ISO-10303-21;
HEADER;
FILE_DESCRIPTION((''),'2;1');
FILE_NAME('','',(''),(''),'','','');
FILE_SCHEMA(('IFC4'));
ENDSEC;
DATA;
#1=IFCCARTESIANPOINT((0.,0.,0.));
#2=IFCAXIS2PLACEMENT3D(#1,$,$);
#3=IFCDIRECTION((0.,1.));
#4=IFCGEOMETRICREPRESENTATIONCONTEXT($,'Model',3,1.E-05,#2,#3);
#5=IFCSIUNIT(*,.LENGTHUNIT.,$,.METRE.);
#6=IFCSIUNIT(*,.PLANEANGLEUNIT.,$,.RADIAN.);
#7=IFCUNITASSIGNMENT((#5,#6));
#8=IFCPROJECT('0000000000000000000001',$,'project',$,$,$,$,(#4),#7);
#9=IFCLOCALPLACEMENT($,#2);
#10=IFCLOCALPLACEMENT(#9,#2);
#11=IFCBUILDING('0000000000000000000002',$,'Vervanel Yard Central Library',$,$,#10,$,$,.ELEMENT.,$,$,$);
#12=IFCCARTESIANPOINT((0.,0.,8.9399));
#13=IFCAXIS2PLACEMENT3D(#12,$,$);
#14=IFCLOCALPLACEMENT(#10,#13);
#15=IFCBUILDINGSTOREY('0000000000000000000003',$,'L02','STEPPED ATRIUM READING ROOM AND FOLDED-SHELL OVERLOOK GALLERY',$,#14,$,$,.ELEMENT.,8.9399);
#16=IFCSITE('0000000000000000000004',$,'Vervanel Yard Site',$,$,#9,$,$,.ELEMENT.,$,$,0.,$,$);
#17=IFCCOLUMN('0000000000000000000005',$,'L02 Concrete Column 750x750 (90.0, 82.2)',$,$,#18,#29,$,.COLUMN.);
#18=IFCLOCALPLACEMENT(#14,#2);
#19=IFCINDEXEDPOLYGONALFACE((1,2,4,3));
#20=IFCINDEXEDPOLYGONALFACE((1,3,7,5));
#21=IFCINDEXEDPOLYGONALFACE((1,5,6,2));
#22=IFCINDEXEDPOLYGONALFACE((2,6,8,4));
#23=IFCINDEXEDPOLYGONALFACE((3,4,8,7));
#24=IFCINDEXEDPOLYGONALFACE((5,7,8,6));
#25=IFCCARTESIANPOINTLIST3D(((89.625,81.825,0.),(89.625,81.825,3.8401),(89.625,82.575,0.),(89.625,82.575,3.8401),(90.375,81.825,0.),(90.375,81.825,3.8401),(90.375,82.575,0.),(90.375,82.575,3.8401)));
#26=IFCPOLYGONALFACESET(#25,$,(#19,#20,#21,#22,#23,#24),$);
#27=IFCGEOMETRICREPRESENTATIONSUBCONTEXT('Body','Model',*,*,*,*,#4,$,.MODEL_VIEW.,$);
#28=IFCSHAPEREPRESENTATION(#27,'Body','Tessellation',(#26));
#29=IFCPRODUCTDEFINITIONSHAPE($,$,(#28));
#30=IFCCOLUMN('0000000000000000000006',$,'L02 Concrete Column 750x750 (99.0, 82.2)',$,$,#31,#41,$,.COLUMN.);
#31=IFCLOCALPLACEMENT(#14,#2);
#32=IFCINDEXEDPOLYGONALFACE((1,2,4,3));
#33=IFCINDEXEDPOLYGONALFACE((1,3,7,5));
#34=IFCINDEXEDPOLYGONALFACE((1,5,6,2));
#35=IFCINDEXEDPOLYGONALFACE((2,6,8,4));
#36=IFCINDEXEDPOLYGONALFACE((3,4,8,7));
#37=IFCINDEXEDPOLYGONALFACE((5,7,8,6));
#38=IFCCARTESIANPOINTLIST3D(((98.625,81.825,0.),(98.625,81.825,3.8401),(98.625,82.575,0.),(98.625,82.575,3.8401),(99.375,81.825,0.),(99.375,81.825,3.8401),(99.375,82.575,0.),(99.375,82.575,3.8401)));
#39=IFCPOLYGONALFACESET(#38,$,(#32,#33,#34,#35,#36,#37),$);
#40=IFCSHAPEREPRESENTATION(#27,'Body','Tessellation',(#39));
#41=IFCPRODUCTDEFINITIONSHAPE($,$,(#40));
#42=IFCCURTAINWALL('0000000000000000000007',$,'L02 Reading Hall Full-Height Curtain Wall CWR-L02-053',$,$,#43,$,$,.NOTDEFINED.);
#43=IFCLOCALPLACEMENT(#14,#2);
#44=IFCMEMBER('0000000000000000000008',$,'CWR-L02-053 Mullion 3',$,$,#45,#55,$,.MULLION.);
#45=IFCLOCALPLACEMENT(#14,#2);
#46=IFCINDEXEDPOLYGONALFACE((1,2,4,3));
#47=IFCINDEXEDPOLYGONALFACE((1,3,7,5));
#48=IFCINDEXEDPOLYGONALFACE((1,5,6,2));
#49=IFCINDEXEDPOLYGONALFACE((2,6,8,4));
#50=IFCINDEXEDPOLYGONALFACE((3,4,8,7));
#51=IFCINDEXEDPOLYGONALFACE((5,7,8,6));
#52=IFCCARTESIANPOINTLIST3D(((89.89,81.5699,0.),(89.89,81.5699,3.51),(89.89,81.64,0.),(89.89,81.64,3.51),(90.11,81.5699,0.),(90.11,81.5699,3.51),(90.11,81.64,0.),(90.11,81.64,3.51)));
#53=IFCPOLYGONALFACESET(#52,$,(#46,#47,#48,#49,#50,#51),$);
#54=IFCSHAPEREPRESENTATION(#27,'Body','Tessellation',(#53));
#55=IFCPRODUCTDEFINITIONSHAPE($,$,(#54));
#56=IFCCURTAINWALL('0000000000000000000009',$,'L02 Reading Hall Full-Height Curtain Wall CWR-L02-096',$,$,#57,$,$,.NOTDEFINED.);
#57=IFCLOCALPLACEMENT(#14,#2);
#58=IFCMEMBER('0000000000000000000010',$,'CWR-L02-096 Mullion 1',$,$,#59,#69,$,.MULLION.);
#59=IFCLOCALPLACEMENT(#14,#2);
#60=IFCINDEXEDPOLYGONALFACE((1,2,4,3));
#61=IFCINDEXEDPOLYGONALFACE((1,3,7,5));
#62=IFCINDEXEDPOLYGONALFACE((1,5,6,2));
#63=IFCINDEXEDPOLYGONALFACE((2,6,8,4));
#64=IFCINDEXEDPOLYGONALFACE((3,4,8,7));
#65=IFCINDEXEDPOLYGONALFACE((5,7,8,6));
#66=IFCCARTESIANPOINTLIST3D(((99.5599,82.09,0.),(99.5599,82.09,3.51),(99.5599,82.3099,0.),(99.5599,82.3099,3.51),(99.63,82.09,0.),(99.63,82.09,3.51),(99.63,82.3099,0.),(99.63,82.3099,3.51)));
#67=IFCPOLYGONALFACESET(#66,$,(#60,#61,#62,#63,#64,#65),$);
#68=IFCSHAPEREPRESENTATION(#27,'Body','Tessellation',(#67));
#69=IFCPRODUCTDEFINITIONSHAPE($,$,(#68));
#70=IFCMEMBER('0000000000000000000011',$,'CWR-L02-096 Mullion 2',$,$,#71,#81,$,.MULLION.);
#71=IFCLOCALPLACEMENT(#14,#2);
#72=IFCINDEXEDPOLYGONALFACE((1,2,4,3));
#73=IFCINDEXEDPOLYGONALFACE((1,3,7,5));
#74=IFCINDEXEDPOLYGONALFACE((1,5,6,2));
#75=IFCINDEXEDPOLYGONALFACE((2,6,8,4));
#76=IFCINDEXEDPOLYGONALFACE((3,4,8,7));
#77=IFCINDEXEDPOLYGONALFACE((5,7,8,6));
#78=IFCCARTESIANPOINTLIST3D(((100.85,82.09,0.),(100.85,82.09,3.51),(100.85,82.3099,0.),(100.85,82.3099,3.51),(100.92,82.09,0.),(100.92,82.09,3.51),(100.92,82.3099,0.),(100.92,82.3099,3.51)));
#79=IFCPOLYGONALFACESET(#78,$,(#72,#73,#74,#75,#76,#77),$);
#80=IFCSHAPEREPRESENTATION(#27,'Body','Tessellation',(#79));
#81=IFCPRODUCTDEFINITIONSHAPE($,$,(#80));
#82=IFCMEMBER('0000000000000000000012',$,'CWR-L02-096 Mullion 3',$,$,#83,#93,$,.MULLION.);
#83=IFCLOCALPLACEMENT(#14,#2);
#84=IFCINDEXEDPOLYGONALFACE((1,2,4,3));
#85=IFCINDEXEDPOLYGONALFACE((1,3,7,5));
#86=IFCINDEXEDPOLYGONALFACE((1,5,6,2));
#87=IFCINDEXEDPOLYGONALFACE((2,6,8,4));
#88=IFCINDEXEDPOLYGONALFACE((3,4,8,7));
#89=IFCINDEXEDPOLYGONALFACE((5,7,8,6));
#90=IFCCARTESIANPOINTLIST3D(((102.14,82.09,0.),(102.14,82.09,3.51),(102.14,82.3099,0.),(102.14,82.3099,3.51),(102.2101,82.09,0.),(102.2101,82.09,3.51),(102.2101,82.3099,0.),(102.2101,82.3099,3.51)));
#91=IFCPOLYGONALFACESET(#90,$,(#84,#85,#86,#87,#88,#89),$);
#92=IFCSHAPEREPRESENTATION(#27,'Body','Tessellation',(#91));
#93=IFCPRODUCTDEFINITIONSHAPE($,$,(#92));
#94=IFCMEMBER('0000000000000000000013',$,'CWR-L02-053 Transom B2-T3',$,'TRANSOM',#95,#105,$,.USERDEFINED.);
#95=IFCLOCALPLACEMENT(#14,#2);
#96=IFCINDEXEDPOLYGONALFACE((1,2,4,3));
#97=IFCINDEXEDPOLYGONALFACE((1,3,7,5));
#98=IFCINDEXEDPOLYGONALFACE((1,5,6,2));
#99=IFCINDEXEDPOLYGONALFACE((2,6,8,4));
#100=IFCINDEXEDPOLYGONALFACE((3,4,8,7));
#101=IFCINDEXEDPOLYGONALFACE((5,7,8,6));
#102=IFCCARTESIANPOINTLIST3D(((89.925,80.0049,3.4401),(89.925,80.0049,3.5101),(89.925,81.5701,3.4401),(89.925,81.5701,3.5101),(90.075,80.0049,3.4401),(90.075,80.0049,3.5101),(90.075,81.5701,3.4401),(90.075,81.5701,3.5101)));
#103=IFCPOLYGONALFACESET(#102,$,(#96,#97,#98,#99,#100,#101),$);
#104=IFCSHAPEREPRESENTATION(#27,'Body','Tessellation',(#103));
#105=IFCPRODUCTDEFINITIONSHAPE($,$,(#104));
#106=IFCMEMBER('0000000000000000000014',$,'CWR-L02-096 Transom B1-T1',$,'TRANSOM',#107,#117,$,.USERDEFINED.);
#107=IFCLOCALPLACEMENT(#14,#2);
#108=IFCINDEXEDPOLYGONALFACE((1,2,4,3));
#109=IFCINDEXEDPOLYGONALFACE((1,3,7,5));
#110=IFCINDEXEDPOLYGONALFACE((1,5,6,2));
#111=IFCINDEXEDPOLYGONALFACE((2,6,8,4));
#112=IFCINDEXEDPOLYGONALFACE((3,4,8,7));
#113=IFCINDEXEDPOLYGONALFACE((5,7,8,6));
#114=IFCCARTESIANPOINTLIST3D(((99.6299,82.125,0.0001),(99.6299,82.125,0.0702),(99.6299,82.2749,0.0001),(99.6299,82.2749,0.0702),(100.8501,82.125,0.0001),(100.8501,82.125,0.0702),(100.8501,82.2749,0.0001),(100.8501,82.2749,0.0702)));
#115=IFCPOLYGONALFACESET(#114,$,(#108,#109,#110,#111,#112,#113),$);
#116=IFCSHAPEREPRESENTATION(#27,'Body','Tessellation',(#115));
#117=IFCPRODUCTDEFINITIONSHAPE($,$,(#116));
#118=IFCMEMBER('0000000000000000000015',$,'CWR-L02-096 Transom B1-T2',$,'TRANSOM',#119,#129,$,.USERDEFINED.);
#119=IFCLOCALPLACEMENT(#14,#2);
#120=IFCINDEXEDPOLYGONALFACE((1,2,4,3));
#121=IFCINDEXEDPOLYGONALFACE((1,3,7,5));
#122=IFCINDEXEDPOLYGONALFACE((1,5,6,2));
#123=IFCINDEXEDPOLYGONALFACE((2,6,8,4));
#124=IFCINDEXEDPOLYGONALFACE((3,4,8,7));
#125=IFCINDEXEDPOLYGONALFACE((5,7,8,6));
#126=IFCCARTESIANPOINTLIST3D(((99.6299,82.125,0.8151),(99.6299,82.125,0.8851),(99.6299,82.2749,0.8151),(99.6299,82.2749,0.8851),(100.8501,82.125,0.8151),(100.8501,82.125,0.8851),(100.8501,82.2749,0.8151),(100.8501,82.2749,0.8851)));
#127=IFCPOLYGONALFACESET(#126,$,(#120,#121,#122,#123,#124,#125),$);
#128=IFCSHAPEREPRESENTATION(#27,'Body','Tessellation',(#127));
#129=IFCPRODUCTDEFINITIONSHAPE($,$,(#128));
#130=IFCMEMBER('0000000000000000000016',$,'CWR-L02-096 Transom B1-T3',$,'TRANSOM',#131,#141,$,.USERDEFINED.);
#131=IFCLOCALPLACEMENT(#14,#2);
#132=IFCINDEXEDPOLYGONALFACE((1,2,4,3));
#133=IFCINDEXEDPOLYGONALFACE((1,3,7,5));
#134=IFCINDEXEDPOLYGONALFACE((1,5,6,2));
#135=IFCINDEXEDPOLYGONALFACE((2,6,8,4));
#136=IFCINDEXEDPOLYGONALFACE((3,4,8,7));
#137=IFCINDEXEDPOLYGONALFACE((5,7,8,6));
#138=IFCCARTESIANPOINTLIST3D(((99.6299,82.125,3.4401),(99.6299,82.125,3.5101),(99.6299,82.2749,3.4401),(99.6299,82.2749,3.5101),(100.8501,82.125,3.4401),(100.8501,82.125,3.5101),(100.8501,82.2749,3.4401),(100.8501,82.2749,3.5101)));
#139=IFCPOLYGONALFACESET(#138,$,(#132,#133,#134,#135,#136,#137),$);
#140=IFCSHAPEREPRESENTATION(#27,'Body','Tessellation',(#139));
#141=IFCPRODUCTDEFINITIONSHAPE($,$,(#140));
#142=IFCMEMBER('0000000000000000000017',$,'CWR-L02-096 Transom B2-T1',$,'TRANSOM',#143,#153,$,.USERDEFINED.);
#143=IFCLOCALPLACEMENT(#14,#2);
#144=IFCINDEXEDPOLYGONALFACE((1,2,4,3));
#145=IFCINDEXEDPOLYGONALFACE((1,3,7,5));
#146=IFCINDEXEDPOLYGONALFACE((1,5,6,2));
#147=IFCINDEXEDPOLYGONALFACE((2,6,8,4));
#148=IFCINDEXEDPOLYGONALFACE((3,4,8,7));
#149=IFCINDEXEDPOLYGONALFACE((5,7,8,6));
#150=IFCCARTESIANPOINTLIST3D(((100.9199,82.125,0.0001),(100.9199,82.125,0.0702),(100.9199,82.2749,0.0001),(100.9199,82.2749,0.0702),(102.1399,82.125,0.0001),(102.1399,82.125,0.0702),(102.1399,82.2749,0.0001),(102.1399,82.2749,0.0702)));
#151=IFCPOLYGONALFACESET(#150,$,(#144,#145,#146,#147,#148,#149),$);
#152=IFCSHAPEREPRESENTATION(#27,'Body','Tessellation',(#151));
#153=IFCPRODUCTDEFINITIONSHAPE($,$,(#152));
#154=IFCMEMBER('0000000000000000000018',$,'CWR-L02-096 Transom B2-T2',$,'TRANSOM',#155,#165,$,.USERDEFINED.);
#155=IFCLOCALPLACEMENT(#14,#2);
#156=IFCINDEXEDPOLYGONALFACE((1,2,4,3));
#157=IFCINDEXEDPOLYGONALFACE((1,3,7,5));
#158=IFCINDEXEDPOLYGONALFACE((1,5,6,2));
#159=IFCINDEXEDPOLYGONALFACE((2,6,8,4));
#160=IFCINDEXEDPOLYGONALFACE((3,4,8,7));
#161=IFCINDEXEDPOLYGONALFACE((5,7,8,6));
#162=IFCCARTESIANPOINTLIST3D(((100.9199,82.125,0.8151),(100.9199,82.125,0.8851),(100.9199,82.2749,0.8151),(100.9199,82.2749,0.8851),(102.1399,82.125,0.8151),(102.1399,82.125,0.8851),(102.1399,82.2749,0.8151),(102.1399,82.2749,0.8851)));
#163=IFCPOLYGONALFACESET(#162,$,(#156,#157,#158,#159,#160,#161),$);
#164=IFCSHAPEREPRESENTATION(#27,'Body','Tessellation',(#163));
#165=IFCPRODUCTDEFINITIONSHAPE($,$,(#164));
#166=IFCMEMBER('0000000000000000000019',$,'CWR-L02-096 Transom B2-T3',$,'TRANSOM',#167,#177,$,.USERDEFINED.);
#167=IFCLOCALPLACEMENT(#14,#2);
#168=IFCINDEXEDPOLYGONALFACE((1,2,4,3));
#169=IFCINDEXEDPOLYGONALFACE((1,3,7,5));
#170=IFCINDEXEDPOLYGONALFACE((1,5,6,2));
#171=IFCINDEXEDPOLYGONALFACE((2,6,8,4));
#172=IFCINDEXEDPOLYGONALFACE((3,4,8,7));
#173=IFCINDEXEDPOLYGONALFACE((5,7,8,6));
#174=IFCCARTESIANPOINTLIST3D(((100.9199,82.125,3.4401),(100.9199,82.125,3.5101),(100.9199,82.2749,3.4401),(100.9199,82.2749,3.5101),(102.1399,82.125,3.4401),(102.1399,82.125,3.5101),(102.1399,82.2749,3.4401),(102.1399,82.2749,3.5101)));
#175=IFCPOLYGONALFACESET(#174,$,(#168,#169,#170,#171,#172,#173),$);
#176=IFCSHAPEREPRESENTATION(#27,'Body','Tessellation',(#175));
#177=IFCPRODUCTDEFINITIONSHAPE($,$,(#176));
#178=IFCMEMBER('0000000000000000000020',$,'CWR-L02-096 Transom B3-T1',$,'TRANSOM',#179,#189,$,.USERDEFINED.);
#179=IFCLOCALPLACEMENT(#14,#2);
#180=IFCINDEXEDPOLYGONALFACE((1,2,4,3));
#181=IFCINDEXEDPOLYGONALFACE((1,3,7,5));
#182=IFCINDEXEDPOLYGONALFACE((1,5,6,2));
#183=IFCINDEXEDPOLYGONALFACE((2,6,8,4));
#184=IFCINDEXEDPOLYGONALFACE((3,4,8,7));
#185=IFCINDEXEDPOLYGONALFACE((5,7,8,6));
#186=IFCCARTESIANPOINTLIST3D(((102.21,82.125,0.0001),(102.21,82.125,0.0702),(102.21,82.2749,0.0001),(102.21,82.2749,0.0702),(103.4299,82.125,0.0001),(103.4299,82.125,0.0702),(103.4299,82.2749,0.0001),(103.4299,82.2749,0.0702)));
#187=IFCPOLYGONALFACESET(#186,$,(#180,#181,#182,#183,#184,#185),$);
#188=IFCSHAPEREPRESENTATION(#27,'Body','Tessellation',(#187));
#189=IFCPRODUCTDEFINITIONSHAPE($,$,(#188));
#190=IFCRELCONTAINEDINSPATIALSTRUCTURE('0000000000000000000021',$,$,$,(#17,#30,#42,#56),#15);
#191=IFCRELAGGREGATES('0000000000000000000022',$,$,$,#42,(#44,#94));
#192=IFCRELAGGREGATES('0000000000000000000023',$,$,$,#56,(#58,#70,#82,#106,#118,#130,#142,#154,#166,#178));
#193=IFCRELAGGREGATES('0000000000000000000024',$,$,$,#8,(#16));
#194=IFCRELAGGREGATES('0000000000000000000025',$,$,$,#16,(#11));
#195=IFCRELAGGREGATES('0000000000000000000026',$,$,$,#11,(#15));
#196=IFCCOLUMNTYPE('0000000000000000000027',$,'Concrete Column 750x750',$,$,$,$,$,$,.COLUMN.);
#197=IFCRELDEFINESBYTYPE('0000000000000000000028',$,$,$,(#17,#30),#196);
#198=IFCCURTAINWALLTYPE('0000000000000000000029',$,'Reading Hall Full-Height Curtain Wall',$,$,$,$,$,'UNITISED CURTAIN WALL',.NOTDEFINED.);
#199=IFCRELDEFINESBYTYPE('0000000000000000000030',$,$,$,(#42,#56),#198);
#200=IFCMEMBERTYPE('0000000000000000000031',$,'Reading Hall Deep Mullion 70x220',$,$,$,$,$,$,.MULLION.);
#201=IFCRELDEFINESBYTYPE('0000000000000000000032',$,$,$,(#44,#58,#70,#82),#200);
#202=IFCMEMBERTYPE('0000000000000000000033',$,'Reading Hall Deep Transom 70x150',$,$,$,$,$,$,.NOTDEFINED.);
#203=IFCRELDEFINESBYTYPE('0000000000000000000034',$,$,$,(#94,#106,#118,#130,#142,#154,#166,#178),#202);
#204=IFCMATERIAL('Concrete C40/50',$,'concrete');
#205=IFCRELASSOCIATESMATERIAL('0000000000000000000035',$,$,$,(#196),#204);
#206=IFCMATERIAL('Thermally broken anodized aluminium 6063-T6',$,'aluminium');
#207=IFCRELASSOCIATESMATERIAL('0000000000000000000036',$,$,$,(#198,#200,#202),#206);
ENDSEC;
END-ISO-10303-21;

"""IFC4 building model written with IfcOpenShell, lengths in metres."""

from ifc_helpers import new_model, si_unit, direction, frame, origin, origin_2d, place, context, subcontext, project, spatial, rectangle, extrude, material, material_profile, profile_set, type_object, element, aggregate, save


model = new_model("IFC4")

# Units and contexts
model_context = context("Model", 3, precision=1e-05, world=origin(), true_north=direction((0.0, 1.0)))
body_context = subcontext(model_context, "Body", "Model", "MODEL_VIEW")
ifc_project = project(units=[si_unit("LENGTHUNIT", "METRE"), si_unit("PLANEANGLEUNIT", "RADIAN")], contexts=[model_context])

# Site, building, storey
site_placement = place(None, origin())
site = spatial("IfcSite", under=ifc_project, at=site_placement, Name="Vervanel Yard Site", CompositionType="ELEMENT", RefElevation=0.0)
building_placement = place(site_placement, origin())
building = spatial("IfcBuilding", under=site, at=building_placement, Name="Vervanel Yard Central Library", CompositionType="ELEMENT")
storey_placement = place(building_placement, frame((0.0, 0.0, 8.9399)))
storey = spatial("IfcBuildingStorey", under=building, at=storey_placement, Name="L02", Description="STEPPED ATRIUM READING ROOM AND FOLDED-SHELL OVERLOOK GALLERY", CompositionType="ELEMENT", Elevation=8.9399)

# Columns
ifc_material_1 = material(Name="Concrete C40/50", Category="concrete")
ifc_material_profile_1 = material_profile(ifc_material_1, rectangle(XDim=0.75, YDim=0.75, at=origin_2d()), Name="RC 750x750", Category="concrete")
ifc_profile_set_1 = profile_set([ifc_material_profile_1], Name="Concrete C40/50")
column_type = type_object("IfcColumnType", Name="Concrete Column 750x750", PredefinedType="COLUMN", material=ifc_profile_set_1)
for number, where, z_axis, x_axis, name in (
    (1, (90.0, 82.2, 0.0), (0.0, 0.0, 1.0), (1.0, 0.0, 0.0), "L02 Concrete Column 750x750 (90.0, 82.2)"),
    (2, (99.0, 82.2, 0.0), (0.0, 0.0, 1.0), (1.0, 0.0, 0.0), "L02 Concrete Column 750x750 (99.0, 82.2)"),
):
    element("IfcColumn", number, at=place(storey_placement, frame(where, z_axis=z_axis, x_axis=x_axis)), inside=storey, type_object=column_type, Name=name, PredefinedType="COLUMN", context=body_context, shape_type="SweptSolid", body=[
        extrude(rectangle(XDim=0.75, YDim=0.75, at=origin_2d()), origin(), (0.0, 0.0, 1.0), 3.8401),
    ])

# Curtain wall, member
ifc_material_2 = material(Name="Thermally broken anodized aluminium 6063-T6", Category="aluminium")
curtain_wall_type = type_object("IfcCurtainWallType", Name="Reading Hall Full-Height Curtain Wall", ElementType="UNITISED CURTAIN WALL", PredefinedType="NOTDEFINED", material=ifc_material_2)
curtain_wall_1_placement = place(storey_placement, origin())
curtain_wall_1 = element("IfcCurtainWall", 3, at=curtain_wall_1_placement, inside=storey, type_object=curtain_wall_type, Name="L02 Reading Hall Full-Height Curtain Wall CWR-L02-053", PredefinedType="NOTDEFINED")
ifc_material_profile_2 = material_profile(ifc_material_2, rectangle(XDim=0.0701, YDim=0.22, at=origin_2d()), Name="ALU 70x220", Category="aluminium")
ifc_profile_set_2 = profile_set([ifc_material_profile_2], Name="Thermally broken anodized aluminium 6063-T6")
member_type_1 = type_object("IfcMemberType", Name="Reading Hall Deep Mullion 70x220", PredefinedType="MULLION", material=ifc_profile_set_2)
member_1_placement = place(storey_placement, frame((90.0, 81.605, 0.0), z_axis=(0.0, 0.0, 1.0), x_axis=(0.0, 1.0, 0.0)))
member_1 = element("IfcMember", 4, at=member_1_placement, type_object=member_type_1, Name="CWR-L02-053 Mullion 3", PredefinedType="MULLION", context=body_context, shape_type="SweptSolid", body=[
    extrude(rectangle(XDim=0.0701, YDim=0.22, at=origin_2d()), origin(), (0.0, 0.0, 1.0), 3.51),
])

# Curtain wall, members
curtain_wall_2_placement = place(storey_placement, origin())
curtain_wall_2 = element("IfcCurtainWall", 5, at=curtain_wall_2_placement, inside=storey, type_object=curtain_wall_type, Name="L02 Reading Hall Full-Height Curtain Wall CWR-L02-096", PredefinedType="NOTDEFINED")
member_2_placement = place(storey_placement, frame((99.595, 82.2, 0.0), z_axis=(0.0, 0.0, 1.0), x_axis=(1.0, 0.0, 0.0)))
member_2 = element("IfcMember", 6, at=member_2_placement, type_object=member_type_1, Name="CWR-L02-096 Mullion 1", PredefinedType="MULLION", context=body_context, shape_type="SweptSolid", body=[
    extrude(rectangle(XDim=0.0701, YDim=0.22, at=origin_2d()), origin(), (0.0, 0.0, 1.0), 3.51),
])
member_3_placement = place(storey_placement, frame((100.885, 82.2, 0.0), z_axis=(0.0, 0.0, 1.0), x_axis=(1.0, 0.0, 0.0)))
member_3 = element("IfcMember", 7, at=member_3_placement, type_object=member_type_1, Name="CWR-L02-096 Mullion 2", PredefinedType="MULLION", context=body_context, shape_type="SweptSolid", body=[
    extrude(rectangle(XDim=0.0701, YDim=0.22, at=origin_2d()), origin(), (0.0, 0.0, 1.0), 3.51),
])
member_4_placement = place(storey_placement, frame((102.175, 82.2, 0.0), z_axis=(0.0, 0.0, 1.0), x_axis=(1.0, 0.0, 0.0)))
member_4 = element("IfcMember", 8, at=member_4_placement, type_object=member_type_1, Name="CWR-L02-096 Mullion 3", PredefinedType="MULLION", context=body_context, shape_type="SweptSolid", body=[
    extrude(rectangle(XDim=0.0701, YDim=0.22, at=origin_2d()), origin(), (0.0, 0.0, 1.0), 3.51),
])

# Members
ifc_material_profile_3 = material_profile(ifc_material_2, rectangle(XDim=0.0701, YDim=0.1499, at=origin_2d()), Name="ALU 70x150", Category="aluminium")
ifc_profile_set_3 = profile_set([ifc_material_profile_3], Name="Thermally broken anodized aluminium 6063-T6")
member_type_2 = type_object("IfcMemberType", Name="Reading Hall Deep Transom 70x150", PredefinedType="NOTDEFINED", material=ifc_profile_set_3)
member_5_placement = place(storey_placement, frame((90.0, 80.0049, 3.4751), z_axis=(0.0, 1.0, 0.0), x_axis=(0.0, 0.0, 1.0)))
member_5 = element("IfcMember", 9, at=member_5_placement, type_object=member_type_2, Name="CWR-L02-053 Transom B2-T3", ObjectType="TRANSOM", PredefinedType="USERDEFINED", context=body_context, shape_type="SweptSolid", body=[
    extrude(rectangle(XDim=0.0701, YDim=0.1499, at=origin_2d()), origin(), (0.0, 0.0, 1.0), 1.5652),
])
member_6_placement = place(storey_placement, frame((99.6299, 82.2, 0.0352), z_axis=(1.0, 0.0, 0.0), x_axis=(0.0, 0.0, 1.0)))
member_6 = element("IfcMember", 10, at=member_6_placement, type_object=member_type_2, Name="CWR-L02-096 Transom B1-T1", ObjectType="TRANSOM", PredefinedType="USERDEFINED", context=body_context, shape_type="SweptSolid", body=[
    extrude(rectangle(XDim=0.0701, YDim=0.1499, at=origin_2d()), origin(), (0.0, 0.0, 1.0), 1.2202),
])
member_7_placement = place(storey_placement, frame((99.6299, 82.2, 0.8501), z_axis=(1.0, 0.0, 0.0), x_axis=(0.0, 0.0, 1.0)))
member_7 = element("IfcMember", 11, at=member_7_placement, type_object=member_type_2, Name="CWR-L02-096 Transom B1-T2", ObjectType="TRANSOM", PredefinedType="USERDEFINED", context=body_context, shape_type="SweptSolid", body=[
    extrude(rectangle(XDim=0.0701, YDim=0.1499, at=origin_2d()), origin(), (0.0, 0.0, 1.0), 1.2202),
])
member_8_placement = place(storey_placement, frame((99.6299, 82.2, 3.4751), z_axis=(1.0, 0.0, 0.0), x_axis=(0.0, 0.0, 1.0)))
member_8 = element("IfcMember", 12, at=member_8_placement, type_object=member_type_2, Name="CWR-L02-096 Transom B1-T3", ObjectType="TRANSOM", PredefinedType="USERDEFINED", context=body_context, shape_type="SweptSolid", body=[
    extrude(rectangle(XDim=0.0701, YDim=0.1499, at=origin_2d()), origin(), (0.0, 0.0, 1.0), 1.2202),
])
member_9_placement = place(storey_placement, frame((100.9199, 82.2, 0.0352), z_axis=(1.0, 0.0, 0.0), x_axis=(0.0, 0.0, 1.0)))
member_9 = element("IfcMember", 13, at=member_9_placement, type_object=member_type_2, Name="CWR-L02-096 Transom B2-T1", ObjectType="TRANSOM", PredefinedType="USERDEFINED", context=body_context, shape_type="SweptSolid", body=[
    extrude(rectangle(XDim=0.0701, YDim=0.1499, at=origin_2d()), origin(), (0.0, 0.0, 1.0), 1.22),
])
member_10_placement = place(storey_placement, frame((100.9199, 82.2, 0.8501), z_axis=(1.0, 0.0, 0.0), x_axis=(0.0, 0.0, 1.0)))
member_10 = element("IfcMember", 14, at=member_10_placement, type_object=member_type_2, Name="CWR-L02-096 Transom B2-T2", ObjectType="TRANSOM", PredefinedType="USERDEFINED", context=body_context, shape_type="SweptSolid", body=[
    extrude(rectangle(XDim=0.0701, YDim=0.1499, at=origin_2d()), origin(), (0.0, 0.0, 1.0), 1.22),
])
member_11_placement = place(storey_placement, frame((100.9199, 82.2, 3.4751), z_axis=(1.0, 0.0, 0.0), x_axis=(0.0, 0.0, 1.0)))
member_11 = element("IfcMember", 15, at=member_11_placement, type_object=member_type_2, Name="CWR-L02-096 Transom B2-T3", ObjectType="TRANSOM", PredefinedType="USERDEFINED", context=body_context, shape_type="SweptSolid", body=[
    extrude(rectangle(XDim=0.0701, YDim=0.1499, at=origin_2d()), origin(), (0.0, 0.0, 1.0), 1.22),
])
member_12_placement = place(storey_placement, frame((102.21, 82.2, 0.0352), z_axis=(1.0, 0.0, 0.0), x_axis=(0.0, 0.0, 1.0)))
member_12 = element("IfcMember", 16, at=member_12_placement, type_object=member_type_2, Name="CWR-L02-096 Transom B3-T1", ObjectType="TRANSOM", PredefinedType="USERDEFINED", context=body_context, shape_type="SweptSolid", body=[
    extrude(rectangle(XDim=0.0701, YDim=0.1499, at=origin_2d()), origin(), (0.0, 0.0, 1.0), 1.22),
])

aggregate(curtain_wall_1, [member_1, member_5])
aggregate(curtain_wall_2, [member_2, member_3, member_4, member_6, member_7, member_8, member_9, member_10, member_11, member_12])

save(model, "model.ifc")
